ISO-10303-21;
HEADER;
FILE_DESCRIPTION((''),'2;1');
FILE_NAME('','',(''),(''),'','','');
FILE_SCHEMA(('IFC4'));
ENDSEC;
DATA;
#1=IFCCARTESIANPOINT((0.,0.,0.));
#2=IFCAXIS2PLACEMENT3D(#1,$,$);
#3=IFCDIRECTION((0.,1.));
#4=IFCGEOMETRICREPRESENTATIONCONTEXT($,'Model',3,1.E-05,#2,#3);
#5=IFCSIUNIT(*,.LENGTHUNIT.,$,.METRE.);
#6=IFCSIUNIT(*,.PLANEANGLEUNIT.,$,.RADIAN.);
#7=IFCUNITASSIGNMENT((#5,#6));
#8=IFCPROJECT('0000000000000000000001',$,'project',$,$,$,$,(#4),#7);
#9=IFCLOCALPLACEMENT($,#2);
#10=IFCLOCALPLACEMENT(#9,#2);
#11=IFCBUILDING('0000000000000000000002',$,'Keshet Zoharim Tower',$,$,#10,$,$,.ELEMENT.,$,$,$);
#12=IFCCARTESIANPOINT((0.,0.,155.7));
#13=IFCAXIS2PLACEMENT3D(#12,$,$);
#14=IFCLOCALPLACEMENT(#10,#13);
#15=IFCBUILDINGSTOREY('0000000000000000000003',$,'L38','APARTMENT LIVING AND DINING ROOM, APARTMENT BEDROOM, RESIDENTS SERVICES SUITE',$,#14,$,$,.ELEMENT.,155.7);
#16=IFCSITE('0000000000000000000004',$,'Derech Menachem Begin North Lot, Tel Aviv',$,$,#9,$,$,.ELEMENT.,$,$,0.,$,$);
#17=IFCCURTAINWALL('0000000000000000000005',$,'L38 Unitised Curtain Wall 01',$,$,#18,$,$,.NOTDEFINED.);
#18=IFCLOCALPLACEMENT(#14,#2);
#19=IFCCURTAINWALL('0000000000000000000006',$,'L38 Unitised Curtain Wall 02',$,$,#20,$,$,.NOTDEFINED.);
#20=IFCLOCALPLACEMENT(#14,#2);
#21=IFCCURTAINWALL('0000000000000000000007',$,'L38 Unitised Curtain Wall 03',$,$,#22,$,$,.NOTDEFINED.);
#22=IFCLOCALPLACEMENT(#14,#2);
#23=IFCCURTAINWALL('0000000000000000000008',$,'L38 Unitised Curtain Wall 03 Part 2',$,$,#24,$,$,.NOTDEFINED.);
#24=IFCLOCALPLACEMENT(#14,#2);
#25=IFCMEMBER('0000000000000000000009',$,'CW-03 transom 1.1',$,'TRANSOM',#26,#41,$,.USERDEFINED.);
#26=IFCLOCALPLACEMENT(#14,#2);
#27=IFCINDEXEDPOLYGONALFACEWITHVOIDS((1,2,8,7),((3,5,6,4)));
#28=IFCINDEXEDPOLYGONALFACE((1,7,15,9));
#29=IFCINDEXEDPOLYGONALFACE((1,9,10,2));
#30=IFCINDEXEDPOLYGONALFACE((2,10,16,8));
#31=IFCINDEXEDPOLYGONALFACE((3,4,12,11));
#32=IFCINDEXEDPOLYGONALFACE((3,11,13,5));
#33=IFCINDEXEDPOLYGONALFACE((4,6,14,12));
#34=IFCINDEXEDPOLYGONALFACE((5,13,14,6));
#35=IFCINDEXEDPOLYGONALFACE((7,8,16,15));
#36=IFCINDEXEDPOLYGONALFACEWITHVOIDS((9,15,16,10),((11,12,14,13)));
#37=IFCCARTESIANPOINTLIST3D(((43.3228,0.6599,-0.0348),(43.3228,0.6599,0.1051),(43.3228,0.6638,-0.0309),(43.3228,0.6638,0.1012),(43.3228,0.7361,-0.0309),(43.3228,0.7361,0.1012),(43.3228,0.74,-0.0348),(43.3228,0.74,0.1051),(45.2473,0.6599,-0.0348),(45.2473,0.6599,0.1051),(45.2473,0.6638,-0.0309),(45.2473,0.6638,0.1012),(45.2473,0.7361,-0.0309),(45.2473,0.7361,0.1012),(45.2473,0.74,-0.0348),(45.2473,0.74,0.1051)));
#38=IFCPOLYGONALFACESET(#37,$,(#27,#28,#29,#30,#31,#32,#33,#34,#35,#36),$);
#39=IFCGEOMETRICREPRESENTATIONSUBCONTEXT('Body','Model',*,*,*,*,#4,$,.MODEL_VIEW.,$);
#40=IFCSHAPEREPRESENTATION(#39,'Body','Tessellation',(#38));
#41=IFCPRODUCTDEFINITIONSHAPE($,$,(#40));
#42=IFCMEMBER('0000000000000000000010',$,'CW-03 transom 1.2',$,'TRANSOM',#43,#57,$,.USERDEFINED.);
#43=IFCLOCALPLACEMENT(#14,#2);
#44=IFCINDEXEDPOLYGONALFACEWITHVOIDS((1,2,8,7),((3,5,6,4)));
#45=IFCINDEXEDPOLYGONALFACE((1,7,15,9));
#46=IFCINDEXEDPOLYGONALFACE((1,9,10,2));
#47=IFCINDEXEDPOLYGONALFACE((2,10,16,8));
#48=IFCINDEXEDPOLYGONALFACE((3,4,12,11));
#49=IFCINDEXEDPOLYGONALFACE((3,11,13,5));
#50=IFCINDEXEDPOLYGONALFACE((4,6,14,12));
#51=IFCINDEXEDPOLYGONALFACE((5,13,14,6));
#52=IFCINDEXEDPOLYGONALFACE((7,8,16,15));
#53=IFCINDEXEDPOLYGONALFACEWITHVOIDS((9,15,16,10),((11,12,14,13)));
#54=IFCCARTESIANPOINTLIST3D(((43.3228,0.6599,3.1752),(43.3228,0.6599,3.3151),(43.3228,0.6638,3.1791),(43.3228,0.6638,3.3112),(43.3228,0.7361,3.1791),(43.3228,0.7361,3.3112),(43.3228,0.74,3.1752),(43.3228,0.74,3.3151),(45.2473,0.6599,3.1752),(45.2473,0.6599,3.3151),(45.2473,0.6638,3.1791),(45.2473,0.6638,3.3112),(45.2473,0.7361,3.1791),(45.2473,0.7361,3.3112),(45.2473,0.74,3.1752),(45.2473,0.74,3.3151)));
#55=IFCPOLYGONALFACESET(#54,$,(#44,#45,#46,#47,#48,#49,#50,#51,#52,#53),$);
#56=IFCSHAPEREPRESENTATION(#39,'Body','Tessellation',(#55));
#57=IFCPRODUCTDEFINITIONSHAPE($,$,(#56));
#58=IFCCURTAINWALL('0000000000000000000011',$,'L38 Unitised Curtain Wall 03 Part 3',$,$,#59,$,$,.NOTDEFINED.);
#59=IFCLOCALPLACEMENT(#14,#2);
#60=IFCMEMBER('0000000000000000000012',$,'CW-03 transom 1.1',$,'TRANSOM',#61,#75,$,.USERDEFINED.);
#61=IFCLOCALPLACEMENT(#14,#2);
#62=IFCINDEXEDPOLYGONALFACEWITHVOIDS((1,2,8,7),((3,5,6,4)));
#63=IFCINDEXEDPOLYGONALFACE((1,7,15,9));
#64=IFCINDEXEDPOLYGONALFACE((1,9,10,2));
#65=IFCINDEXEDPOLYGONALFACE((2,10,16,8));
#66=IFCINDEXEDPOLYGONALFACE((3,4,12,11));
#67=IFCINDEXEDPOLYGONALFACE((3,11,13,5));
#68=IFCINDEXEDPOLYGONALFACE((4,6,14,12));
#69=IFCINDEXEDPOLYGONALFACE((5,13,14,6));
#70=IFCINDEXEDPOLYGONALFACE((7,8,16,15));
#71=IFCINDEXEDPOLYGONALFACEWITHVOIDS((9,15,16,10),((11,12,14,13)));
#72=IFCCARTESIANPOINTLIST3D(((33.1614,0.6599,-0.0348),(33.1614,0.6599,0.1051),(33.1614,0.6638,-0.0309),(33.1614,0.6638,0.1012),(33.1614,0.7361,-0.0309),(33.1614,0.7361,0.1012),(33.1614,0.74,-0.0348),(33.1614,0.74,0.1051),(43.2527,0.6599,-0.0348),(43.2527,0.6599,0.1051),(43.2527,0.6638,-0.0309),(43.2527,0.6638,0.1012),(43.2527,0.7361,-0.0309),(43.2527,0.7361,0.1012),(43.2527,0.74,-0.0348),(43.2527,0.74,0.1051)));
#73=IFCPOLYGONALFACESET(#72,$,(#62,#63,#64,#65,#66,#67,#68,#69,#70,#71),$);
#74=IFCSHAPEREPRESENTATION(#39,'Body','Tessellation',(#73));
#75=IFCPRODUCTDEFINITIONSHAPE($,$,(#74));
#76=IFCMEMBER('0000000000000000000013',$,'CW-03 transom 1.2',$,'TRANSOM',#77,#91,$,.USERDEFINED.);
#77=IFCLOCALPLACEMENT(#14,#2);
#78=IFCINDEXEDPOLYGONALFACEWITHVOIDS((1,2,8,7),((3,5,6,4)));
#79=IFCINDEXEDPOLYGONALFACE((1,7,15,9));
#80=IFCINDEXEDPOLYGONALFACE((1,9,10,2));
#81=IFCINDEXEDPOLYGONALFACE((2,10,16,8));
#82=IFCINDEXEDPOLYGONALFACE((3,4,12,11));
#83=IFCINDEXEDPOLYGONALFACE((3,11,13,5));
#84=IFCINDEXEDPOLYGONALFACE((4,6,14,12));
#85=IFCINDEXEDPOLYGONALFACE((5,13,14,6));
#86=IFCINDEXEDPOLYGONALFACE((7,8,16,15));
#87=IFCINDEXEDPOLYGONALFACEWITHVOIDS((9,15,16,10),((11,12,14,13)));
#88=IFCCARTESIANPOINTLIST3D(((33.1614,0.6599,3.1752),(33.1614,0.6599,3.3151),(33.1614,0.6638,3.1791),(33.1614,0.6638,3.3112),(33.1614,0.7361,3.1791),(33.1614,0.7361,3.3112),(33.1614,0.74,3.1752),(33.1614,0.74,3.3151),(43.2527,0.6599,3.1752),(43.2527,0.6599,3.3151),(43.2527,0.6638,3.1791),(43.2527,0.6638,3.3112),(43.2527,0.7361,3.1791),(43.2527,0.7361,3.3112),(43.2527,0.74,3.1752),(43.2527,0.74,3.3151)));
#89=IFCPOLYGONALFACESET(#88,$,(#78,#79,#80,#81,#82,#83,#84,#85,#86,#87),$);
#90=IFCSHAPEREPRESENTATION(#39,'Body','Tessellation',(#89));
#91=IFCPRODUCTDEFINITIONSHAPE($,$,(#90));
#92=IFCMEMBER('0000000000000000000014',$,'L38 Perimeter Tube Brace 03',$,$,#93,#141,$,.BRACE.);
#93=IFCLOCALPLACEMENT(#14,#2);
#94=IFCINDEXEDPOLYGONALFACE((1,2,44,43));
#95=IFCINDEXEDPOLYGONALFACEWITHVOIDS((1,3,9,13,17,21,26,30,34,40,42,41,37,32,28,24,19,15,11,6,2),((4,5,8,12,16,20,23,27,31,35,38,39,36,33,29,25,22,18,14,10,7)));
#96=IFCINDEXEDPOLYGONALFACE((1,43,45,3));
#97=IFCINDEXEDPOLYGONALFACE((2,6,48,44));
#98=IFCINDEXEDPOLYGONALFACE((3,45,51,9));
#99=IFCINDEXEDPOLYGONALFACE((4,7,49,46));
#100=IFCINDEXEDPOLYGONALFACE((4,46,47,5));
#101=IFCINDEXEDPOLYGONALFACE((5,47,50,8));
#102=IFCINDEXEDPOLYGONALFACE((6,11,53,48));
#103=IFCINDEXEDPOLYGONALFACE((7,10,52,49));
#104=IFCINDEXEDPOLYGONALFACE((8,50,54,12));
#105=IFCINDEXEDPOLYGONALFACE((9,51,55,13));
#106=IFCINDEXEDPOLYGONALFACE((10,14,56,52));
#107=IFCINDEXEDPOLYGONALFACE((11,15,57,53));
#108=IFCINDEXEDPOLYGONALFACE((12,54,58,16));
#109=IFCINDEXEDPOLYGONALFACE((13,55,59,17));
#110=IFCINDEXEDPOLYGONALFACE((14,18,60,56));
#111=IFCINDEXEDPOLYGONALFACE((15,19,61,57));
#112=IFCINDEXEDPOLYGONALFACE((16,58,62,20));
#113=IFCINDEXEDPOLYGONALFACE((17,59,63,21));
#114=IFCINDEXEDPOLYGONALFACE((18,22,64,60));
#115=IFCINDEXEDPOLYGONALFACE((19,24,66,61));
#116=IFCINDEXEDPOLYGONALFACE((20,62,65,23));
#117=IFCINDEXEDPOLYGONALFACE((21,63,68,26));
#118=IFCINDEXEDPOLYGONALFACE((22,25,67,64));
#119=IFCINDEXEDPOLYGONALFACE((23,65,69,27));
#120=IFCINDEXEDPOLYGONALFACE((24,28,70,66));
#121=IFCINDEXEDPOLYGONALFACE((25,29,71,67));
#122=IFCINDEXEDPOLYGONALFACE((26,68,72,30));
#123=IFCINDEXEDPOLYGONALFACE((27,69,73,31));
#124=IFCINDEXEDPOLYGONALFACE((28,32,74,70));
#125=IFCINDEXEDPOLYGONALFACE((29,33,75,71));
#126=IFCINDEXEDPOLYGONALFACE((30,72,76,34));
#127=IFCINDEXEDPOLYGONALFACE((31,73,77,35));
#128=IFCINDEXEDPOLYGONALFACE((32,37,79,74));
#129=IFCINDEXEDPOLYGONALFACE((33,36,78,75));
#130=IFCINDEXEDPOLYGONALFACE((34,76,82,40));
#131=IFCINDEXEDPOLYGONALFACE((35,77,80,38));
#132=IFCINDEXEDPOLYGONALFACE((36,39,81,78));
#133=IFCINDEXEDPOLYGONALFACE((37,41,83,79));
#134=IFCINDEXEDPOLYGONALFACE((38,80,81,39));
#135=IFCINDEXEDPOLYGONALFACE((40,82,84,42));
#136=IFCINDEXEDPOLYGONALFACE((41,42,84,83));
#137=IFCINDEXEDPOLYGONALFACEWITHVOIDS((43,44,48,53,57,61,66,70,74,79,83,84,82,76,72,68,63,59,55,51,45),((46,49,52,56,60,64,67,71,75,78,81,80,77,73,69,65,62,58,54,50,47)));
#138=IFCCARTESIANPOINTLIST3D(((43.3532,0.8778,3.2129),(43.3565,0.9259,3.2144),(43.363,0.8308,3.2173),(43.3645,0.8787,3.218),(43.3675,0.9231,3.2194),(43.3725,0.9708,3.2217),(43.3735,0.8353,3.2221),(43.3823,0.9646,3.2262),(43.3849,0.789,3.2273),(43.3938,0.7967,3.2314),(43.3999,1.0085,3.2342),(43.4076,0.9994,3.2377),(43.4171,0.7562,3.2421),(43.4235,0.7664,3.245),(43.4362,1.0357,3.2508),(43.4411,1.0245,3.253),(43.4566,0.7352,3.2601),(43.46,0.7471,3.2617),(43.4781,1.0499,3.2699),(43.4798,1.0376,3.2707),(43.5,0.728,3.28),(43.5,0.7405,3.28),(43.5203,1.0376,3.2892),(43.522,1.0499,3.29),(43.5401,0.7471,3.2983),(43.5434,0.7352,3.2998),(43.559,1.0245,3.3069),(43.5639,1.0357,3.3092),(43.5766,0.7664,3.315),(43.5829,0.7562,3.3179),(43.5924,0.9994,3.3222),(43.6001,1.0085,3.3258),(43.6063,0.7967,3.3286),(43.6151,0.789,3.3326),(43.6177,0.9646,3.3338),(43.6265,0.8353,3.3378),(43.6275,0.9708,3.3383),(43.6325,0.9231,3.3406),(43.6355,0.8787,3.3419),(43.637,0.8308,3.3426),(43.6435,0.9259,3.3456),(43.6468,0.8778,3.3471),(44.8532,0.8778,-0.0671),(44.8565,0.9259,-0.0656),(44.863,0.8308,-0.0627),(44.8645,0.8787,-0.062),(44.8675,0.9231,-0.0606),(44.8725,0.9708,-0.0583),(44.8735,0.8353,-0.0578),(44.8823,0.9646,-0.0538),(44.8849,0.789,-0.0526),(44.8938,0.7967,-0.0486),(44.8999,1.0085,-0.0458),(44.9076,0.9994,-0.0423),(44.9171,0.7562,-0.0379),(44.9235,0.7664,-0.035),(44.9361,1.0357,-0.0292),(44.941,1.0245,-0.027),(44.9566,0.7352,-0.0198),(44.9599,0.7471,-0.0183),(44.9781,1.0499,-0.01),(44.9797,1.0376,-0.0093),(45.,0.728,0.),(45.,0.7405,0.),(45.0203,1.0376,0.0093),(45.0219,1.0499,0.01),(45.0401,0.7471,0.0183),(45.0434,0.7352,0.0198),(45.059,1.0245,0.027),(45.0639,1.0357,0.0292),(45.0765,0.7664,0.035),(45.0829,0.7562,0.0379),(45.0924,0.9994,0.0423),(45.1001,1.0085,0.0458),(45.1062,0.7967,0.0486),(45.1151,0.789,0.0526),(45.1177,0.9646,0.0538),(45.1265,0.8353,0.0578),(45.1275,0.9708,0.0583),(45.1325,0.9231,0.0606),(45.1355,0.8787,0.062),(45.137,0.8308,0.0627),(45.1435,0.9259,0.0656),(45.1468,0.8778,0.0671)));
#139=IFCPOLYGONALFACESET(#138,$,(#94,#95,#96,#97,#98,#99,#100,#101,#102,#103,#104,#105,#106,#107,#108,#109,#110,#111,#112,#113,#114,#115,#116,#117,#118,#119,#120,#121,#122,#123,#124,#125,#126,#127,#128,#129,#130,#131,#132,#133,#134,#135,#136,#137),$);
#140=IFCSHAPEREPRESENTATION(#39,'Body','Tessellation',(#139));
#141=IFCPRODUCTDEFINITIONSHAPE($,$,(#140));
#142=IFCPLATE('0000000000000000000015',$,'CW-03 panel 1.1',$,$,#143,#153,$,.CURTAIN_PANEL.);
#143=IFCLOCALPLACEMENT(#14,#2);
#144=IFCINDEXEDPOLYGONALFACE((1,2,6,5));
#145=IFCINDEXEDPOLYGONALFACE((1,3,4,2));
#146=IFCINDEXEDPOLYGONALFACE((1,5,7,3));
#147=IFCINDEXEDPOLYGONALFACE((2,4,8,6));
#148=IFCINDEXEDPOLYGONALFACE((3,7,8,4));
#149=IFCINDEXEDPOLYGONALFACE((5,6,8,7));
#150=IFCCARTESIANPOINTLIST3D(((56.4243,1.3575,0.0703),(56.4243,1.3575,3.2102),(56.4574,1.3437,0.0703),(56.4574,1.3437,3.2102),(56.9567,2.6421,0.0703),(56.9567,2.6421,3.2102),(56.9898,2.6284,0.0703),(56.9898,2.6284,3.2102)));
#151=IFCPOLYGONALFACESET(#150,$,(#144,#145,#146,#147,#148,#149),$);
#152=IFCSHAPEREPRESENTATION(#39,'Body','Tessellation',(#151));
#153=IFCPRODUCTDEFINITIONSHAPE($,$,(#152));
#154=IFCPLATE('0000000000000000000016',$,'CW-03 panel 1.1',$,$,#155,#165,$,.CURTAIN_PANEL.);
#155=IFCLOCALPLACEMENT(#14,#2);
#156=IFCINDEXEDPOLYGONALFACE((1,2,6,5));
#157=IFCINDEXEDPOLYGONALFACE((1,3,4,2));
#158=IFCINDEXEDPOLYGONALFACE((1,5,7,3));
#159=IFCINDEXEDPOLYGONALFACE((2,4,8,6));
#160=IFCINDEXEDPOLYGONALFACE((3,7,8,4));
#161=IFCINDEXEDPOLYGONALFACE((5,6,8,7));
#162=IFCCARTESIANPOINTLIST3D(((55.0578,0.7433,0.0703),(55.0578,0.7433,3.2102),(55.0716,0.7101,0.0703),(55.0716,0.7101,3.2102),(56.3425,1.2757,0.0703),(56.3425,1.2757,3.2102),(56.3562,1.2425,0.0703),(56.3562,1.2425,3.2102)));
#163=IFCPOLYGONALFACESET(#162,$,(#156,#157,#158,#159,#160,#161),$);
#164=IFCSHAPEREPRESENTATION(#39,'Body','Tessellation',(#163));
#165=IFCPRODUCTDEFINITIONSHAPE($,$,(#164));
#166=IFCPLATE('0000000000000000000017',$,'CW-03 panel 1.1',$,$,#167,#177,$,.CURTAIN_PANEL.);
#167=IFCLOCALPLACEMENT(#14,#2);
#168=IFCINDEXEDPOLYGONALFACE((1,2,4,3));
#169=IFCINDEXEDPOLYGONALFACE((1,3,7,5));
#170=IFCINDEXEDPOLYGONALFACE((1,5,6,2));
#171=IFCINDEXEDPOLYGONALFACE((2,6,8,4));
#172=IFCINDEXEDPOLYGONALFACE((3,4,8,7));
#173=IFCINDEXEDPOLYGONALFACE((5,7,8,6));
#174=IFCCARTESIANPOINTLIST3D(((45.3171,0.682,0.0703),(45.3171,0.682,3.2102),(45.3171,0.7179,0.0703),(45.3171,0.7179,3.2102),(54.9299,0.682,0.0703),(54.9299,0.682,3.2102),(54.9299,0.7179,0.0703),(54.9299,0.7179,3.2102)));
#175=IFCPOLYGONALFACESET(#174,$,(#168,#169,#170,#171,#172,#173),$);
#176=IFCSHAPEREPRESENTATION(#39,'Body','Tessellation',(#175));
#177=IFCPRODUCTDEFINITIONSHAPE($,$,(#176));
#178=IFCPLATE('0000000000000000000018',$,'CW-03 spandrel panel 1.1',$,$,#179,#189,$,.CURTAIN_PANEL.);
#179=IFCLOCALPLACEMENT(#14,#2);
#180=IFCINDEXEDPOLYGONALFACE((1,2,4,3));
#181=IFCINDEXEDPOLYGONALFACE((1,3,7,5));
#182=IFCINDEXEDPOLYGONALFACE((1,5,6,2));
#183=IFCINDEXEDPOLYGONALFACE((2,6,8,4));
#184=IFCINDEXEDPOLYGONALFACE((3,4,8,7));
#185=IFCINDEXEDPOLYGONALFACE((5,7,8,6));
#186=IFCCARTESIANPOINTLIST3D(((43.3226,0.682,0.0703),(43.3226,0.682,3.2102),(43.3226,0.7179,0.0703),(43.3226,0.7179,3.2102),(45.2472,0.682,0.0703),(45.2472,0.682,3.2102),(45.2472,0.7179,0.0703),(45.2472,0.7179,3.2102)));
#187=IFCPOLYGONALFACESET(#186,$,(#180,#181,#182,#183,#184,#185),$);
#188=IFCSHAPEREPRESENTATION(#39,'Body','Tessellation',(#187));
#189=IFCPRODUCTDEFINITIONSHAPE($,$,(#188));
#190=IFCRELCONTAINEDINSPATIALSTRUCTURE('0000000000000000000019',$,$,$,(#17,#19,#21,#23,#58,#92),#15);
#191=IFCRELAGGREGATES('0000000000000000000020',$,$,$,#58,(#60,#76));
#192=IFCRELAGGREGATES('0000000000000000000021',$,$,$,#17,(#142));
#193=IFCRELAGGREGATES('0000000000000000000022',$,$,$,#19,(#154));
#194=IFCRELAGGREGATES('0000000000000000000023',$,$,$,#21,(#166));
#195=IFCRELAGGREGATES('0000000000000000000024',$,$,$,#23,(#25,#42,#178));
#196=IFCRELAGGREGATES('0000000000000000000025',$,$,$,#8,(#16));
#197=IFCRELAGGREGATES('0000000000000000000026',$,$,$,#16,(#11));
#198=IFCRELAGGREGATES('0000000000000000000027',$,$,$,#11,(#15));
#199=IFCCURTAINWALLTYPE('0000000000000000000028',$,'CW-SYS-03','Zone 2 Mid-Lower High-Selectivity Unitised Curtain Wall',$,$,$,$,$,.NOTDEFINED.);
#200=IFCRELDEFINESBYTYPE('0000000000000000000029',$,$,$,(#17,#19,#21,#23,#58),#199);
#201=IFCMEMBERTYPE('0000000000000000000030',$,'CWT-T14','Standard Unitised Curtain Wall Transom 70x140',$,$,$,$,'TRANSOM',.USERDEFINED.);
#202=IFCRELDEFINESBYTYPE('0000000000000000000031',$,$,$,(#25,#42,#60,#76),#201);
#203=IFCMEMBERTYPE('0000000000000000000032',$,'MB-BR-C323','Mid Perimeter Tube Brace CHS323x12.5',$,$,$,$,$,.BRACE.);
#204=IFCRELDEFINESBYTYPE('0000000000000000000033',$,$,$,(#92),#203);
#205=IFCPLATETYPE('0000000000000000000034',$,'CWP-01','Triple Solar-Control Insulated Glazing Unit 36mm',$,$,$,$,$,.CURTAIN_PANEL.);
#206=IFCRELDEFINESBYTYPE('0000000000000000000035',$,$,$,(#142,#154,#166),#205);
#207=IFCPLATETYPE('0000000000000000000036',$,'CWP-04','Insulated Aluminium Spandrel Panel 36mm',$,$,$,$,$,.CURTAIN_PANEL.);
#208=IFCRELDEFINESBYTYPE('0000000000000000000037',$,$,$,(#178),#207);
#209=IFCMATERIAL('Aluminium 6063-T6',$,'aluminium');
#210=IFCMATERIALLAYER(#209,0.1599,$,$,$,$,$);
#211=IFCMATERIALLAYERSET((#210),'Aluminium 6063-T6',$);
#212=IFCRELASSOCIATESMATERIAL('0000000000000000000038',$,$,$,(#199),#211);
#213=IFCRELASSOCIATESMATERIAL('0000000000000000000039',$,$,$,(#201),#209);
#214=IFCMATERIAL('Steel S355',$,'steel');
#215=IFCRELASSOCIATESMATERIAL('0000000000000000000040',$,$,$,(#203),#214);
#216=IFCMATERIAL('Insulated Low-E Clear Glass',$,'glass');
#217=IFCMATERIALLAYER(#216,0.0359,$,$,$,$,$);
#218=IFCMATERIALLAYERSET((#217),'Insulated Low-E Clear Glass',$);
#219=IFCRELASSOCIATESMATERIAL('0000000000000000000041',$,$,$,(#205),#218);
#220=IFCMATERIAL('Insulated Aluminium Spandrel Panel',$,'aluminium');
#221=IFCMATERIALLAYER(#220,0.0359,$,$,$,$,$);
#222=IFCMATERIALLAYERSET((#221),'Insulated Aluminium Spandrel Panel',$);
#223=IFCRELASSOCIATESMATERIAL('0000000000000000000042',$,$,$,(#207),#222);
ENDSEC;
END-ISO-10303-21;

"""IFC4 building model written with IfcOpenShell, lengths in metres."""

from ifc_helpers import new_model, si_unit, direction, frame, origin, origin_2d, place, context, subcontext, project, spatial, rectangle, hollow_rectangle, hollow_circle, extrude, material, layer, layer_set, material_profile, profile_set, type_object, element, aggregate, save


model = new_model("IFC4")

# Units and contexts
model_context = context("Model", 3, precision=1e-05, world=origin(), true_north=direction((0.0, 1.0)))
body_context = subcontext(model_context, "Body", "Model", "MODEL_VIEW")
ifc_project = project(units=[si_unit("LENGTHUNIT", "METRE"), si_unit("PLANEANGLEUNIT", "RADIAN")], contexts=[model_context])

# Site, building, storey
site_placement = place(None, origin())
site = spatial("IfcSite", under=ifc_project, at=site_placement, Name="Derech Menachem Begin North Lot, Tel Aviv", CompositionType="ELEMENT", RefElevation=0.0)
building_placement = place(site_placement, origin())
building = spatial("IfcBuilding", under=site, at=building_placement, Name="Keshet Zoharim Tower", CompositionType="ELEMENT")
storey_placement = place(building_placement, frame((0.0, 0.0, 155.7)))
storey = spatial("IfcBuildingStorey", under=building, at=storey_placement, Name="L38", Description="APARTMENT LIVING AND DINING ROOM, APARTMENT BEDROOM, RESIDENTS SERVICES SUITE", CompositionType="ELEMENT", Elevation=155.7)

# Shared definitions
ifc_material_1 = material(Name="Steel S355", Category="steel")

# Curtain walls
ifc_material_2 = material(Name="Aluminium 6063-T6", Category="aluminium")
ifc_layer_1 = layer(ifc_material_2, 0.1599)
ifc_layer_set_1 = layer_set([ifc_layer_1], Name="Aluminium 6063-T6")
curtain_wall_type = type_object("IfcCurtainWallType", Name="CW-SYS-03", Description="Zone 2 Mid-Lower High-Selectivity Unitised Curtain Wall", PredefinedType="NOTDEFINED", material=ifc_layer_set_1)
curtain_wall_1_placement = place(storey_placement, origin())
curtain_wall_1 = element("IfcCurtainWall", 1, at=curtain_wall_1_placement, inside=storey, type_object=curtain_wall_type, Name="L38 Unitised Curtain Wall 01", PredefinedType="NOTDEFINED")
curtain_wall_2_placement = place(storey_placement, origin())
curtain_wall_2 = element("IfcCurtainWall", 2, at=curtain_wall_2_placement, inside=storey, type_object=curtain_wall_type, Name="L38 Unitised Curtain Wall 02", PredefinedType="NOTDEFINED")
curtain_wall_3_placement = place(storey_placement, origin())
curtain_wall_3 = element("IfcCurtainWall", 3, at=curtain_wall_3_placement, inside=storey, type_object=curtain_wall_type, Name="L38 Unitised Curtain Wall 03", PredefinedType="NOTDEFINED")

# Curtain wall
curtain_wall_4_placement = place(storey_placement, origin())
curtain_wall_4 = element("IfcCurtainWall", 4, at=curtain_wall_4_placement, inside=storey, type_object=curtain_wall_type, Name="L38 Unitised Curtain Wall 03 Part 2", PredefinedType="NOTDEFINED")

# Members
ifc_material_profile_1 = material_profile(ifc_material_2, hollow_rectangle(XDim=0.0801, YDim=0.1399, WallThickness=0.0039, at=origin_2d()), Name="TRN-80x140")
ifc_profile_set_1 = profile_set([ifc_material_profile_1], Name="Aluminium 6063-T6")
member_type_1 = type_object("IfcMemberType", Name="CWT-T14", Description="Standard Unitised Curtain Wall Transom 70x140", ElementType="TRANSOM", PredefinedType="USERDEFINED", material=ifc_profile_set_1)
member_1_placement = place(storey_placement, frame((45.2473, 0.7, 0.0352), z_axis=(-1.0, 0.0, 0.0), x_axis=(0.0, -1.0, 0.0)))
member_1 = element("IfcMember", 5, at=member_1_placement, type_object=member_type_1, Name="CW-03 transom 1.1", ObjectType="TRANSOM", PredefinedType="USERDEFINED", context=body_context, shape_type="SweptSolid", body=[
    extrude(hollow_rectangle(XDim=0.0801, YDim=0.1399, WallThickness=0.0039, at=origin_2d()), origin(), (0.0, 0.0, 1.0), 1.9246),
])
member_2_placement = place(storey_placement, frame((45.2473, 0.7, 3.2451), z_axis=(-1.0, 0.0, 0.0), x_axis=(0.0, -1.0, 0.0)))
member_2 = element("IfcMember", 6, at=member_2_placement, type_object=member_type_1, Name="CW-03 transom 1.2", ObjectType="TRANSOM", PredefinedType="USERDEFINED", context=body_context, shape_type="SweptSolid", body=[
    extrude(hollow_rectangle(XDim=0.0801, YDim=0.1399, WallThickness=0.0039, at=origin_2d()), origin(), (0.0, 0.0, 1.0), 1.9246),
])

# Curtain wall, members
curtain_wall_5_placement = place(storey_placement, origin())
curtain_wall_5 = element("IfcCurtainWall", 7, at=curtain_wall_5_placement, inside=storey, type_object=curtain_wall_type, Name="L38 Unitised Curtain Wall 03 Part 3", PredefinedType="NOTDEFINED")
member_3_placement = place(storey_placement, frame((43.2527, 0.7, 0.0352), z_axis=(-1.0, 0.0, 0.0), x_axis=(0.0, -1.0, 0.0)))
member_3 = element("IfcMember", 8, at=member_3_placement, type_object=member_type_1, Name="CW-03 transom 1.1", ObjectType="TRANSOM", PredefinedType="USERDEFINED", context=body_context, shape_type="SweptSolid", body=[
    extrude(hollow_rectangle(XDim=0.0801, YDim=0.1399, WallThickness=0.0039, at=origin_2d()), origin(), (0.0, 0.0, 1.0), 10.0913),
])
member_4_placement = place(storey_placement, frame((43.2527, 0.7, 3.2451), z_axis=(-1.0, 0.0, 0.0), x_axis=(0.0, -1.0, 0.0)))
member_4 = element("IfcMember", 9, at=member_4_placement, type_object=member_type_1, Name="CW-03 transom 1.2", ObjectType="TRANSOM", PredefinedType="USERDEFINED", context=body_context, shape_type="SweptSolid", body=[
    extrude(hollow_rectangle(XDim=0.0801, YDim=0.1399, WallThickness=0.0039, at=origin_2d()), origin(), (0.0, 0.0, 1.0), 10.0913),
])
aggregate(curtain_wall_5, [member_3, member_4])

# Member
ifc_material_profile_2 = material_profile(ifc_material_1, hollow_circle(Radius=0.1619, WallThickness=0.0125, at=origin_2d()), Name="CHS323x12.5")
ifc_profile_set_2 = profile_set([ifc_material_profile_2], Name="Steel S355")
member_type_2 = type_object("IfcMemberType", Name="MB-BR-C323", Description="Mid Perimeter Tube Brace CHS323x12.5", PredefinedType="BRACE", material=ifc_profile_set_2)
member_5_placement = place(storey_placement, frame((45.0, 0.8899, 0.0), z_axis=(-0.415888, 0.0, 0.909416), x_axis=(0.0, -1.0, 0.0)))
element("IfcMember", 10, at=member_5_placement, inside=storey, type_object=member_type_2, Name="L38 Perimeter Tube Brace 03", PredefinedType="BRACE", context=body_context, shape_type="SweptSolid", body=[
    extrude(hollow_circle(Radius=0.1619, WallThickness=0.0125, at=origin_2d()), origin(), (0.0, 0.0, 1.0), 3.6067),
])

# Plates
ifc_material_3 = material(Name="Insulated Low-E Clear Glass", Category="glass")
ifc_layer_2 = layer(ifc_material_3, 0.0359)
ifc_layer_set_2 = layer_set([ifc_layer_2], Name="Insulated Low-E Clear Glass")
plate_type_1 = type_object("IfcPlateType", Name="CWP-01", Description="Triple Solar-Control Insulated Glazing Unit 36mm", PredefinedType="CURTAIN_PANEL", material=ifc_layer_set_2)
plate_1_placement = place(storey_placement, frame((56.707, 1.9929, 0.0703), z_axis=(0.0, 0.0, 1.0), x_axis=(-0.382852, -0.92381, 0.0)))
plate_1 = element("IfcPlate", 11, at=plate_1_placement, type_object=plate_type_1, Name="CW-03 panel 1.1", PredefinedType="CURTAIN_PANEL", context=body_context, shape_type="SweptSolid", body=[
    extrude(rectangle(XDim=1.3906, YDim=0.0359, at=origin_2d()), origin(), (0.0, 0.0, 1.0), 3.1399),
])
aggregate(curtain_wall_1, [plate_1])
plate_2_placement = place(storey_placement, frame((55.707, 0.9929, 0.0703), z_axis=(0.0, 0.0, 1.0), x_axis=(-0.92381, -0.382852, 0.0)))
plate_2 = element("IfcPlate", 12, at=plate_2_placement, type_object=plate_type_1, Name="CW-03 panel 1.1", PredefinedType="CURTAIN_PANEL", context=body_context, shape_type="SweptSolid", body=[
    extrude(rectangle(XDim=1.3906, YDim=0.0359, at=origin_2d()), origin(), (0.0, 0.0, 1.0), 3.1399),
])
aggregate(curtain_wall_2, [plate_2])
plate_3_placement = place(storey_placement, frame((50.1235, 0.7, 0.0703), z_axis=(0.0, 0.0, 1.0), x_axis=(-1.0, 0.0, 0.0)))
plate_3 = element("IfcPlate", 13, at=plate_3_placement, type_object=plate_type_1, Name="CW-03 panel 1.1", PredefinedType="CURTAIN_PANEL", context=body_context, shape_type="SweptSolid", body=[
    extrude(rectangle(XDim=9.6128, YDim=0.0359, at=origin_2d()), origin(), (0.0, 0.0, 1.0), 3.1399),
])
aggregate(curtain_wall_3, [plate_3])
ifc_material_4 = material(Name="Insulated Aluminium Spandrel Panel", Category="aluminium")
ifc_layer_3 = layer(ifc_material_4, 0.0359)
ifc_layer_set_3 = layer_set([ifc_layer_3], Name="Insulated Aluminium Spandrel Panel")
plate_type_2 = type_object("IfcPlateType", Name="CWP-04", Description="Insulated Aluminium Spandrel Panel 36mm", PredefinedType="CURTAIN_PANEL", material=ifc_layer_set_3)
plate_4_placement = place(storey_placement, frame((44.2849, 0.7, 0.0703), z_axis=(0.0, 0.0, 1.0), x_axis=(-1.0, 0.0, 0.0)))
plate_4 = element("IfcPlate", 14, at=plate_4_placement, type_object=plate_type_2, Name="CW-03 spandrel panel 1.1", PredefinedType="CURTAIN_PANEL", context=body_context, shape_type="SweptSolid", body=[
    extrude(rectangle(XDim=1.9246, YDim=0.0359, at=origin_2d()), origin(), (0.0, 0.0, 1.0), 3.1399),
])
aggregate(curtain_wall_4, [member_1, member_2, plate_4])

save(model, "model.ifc")
